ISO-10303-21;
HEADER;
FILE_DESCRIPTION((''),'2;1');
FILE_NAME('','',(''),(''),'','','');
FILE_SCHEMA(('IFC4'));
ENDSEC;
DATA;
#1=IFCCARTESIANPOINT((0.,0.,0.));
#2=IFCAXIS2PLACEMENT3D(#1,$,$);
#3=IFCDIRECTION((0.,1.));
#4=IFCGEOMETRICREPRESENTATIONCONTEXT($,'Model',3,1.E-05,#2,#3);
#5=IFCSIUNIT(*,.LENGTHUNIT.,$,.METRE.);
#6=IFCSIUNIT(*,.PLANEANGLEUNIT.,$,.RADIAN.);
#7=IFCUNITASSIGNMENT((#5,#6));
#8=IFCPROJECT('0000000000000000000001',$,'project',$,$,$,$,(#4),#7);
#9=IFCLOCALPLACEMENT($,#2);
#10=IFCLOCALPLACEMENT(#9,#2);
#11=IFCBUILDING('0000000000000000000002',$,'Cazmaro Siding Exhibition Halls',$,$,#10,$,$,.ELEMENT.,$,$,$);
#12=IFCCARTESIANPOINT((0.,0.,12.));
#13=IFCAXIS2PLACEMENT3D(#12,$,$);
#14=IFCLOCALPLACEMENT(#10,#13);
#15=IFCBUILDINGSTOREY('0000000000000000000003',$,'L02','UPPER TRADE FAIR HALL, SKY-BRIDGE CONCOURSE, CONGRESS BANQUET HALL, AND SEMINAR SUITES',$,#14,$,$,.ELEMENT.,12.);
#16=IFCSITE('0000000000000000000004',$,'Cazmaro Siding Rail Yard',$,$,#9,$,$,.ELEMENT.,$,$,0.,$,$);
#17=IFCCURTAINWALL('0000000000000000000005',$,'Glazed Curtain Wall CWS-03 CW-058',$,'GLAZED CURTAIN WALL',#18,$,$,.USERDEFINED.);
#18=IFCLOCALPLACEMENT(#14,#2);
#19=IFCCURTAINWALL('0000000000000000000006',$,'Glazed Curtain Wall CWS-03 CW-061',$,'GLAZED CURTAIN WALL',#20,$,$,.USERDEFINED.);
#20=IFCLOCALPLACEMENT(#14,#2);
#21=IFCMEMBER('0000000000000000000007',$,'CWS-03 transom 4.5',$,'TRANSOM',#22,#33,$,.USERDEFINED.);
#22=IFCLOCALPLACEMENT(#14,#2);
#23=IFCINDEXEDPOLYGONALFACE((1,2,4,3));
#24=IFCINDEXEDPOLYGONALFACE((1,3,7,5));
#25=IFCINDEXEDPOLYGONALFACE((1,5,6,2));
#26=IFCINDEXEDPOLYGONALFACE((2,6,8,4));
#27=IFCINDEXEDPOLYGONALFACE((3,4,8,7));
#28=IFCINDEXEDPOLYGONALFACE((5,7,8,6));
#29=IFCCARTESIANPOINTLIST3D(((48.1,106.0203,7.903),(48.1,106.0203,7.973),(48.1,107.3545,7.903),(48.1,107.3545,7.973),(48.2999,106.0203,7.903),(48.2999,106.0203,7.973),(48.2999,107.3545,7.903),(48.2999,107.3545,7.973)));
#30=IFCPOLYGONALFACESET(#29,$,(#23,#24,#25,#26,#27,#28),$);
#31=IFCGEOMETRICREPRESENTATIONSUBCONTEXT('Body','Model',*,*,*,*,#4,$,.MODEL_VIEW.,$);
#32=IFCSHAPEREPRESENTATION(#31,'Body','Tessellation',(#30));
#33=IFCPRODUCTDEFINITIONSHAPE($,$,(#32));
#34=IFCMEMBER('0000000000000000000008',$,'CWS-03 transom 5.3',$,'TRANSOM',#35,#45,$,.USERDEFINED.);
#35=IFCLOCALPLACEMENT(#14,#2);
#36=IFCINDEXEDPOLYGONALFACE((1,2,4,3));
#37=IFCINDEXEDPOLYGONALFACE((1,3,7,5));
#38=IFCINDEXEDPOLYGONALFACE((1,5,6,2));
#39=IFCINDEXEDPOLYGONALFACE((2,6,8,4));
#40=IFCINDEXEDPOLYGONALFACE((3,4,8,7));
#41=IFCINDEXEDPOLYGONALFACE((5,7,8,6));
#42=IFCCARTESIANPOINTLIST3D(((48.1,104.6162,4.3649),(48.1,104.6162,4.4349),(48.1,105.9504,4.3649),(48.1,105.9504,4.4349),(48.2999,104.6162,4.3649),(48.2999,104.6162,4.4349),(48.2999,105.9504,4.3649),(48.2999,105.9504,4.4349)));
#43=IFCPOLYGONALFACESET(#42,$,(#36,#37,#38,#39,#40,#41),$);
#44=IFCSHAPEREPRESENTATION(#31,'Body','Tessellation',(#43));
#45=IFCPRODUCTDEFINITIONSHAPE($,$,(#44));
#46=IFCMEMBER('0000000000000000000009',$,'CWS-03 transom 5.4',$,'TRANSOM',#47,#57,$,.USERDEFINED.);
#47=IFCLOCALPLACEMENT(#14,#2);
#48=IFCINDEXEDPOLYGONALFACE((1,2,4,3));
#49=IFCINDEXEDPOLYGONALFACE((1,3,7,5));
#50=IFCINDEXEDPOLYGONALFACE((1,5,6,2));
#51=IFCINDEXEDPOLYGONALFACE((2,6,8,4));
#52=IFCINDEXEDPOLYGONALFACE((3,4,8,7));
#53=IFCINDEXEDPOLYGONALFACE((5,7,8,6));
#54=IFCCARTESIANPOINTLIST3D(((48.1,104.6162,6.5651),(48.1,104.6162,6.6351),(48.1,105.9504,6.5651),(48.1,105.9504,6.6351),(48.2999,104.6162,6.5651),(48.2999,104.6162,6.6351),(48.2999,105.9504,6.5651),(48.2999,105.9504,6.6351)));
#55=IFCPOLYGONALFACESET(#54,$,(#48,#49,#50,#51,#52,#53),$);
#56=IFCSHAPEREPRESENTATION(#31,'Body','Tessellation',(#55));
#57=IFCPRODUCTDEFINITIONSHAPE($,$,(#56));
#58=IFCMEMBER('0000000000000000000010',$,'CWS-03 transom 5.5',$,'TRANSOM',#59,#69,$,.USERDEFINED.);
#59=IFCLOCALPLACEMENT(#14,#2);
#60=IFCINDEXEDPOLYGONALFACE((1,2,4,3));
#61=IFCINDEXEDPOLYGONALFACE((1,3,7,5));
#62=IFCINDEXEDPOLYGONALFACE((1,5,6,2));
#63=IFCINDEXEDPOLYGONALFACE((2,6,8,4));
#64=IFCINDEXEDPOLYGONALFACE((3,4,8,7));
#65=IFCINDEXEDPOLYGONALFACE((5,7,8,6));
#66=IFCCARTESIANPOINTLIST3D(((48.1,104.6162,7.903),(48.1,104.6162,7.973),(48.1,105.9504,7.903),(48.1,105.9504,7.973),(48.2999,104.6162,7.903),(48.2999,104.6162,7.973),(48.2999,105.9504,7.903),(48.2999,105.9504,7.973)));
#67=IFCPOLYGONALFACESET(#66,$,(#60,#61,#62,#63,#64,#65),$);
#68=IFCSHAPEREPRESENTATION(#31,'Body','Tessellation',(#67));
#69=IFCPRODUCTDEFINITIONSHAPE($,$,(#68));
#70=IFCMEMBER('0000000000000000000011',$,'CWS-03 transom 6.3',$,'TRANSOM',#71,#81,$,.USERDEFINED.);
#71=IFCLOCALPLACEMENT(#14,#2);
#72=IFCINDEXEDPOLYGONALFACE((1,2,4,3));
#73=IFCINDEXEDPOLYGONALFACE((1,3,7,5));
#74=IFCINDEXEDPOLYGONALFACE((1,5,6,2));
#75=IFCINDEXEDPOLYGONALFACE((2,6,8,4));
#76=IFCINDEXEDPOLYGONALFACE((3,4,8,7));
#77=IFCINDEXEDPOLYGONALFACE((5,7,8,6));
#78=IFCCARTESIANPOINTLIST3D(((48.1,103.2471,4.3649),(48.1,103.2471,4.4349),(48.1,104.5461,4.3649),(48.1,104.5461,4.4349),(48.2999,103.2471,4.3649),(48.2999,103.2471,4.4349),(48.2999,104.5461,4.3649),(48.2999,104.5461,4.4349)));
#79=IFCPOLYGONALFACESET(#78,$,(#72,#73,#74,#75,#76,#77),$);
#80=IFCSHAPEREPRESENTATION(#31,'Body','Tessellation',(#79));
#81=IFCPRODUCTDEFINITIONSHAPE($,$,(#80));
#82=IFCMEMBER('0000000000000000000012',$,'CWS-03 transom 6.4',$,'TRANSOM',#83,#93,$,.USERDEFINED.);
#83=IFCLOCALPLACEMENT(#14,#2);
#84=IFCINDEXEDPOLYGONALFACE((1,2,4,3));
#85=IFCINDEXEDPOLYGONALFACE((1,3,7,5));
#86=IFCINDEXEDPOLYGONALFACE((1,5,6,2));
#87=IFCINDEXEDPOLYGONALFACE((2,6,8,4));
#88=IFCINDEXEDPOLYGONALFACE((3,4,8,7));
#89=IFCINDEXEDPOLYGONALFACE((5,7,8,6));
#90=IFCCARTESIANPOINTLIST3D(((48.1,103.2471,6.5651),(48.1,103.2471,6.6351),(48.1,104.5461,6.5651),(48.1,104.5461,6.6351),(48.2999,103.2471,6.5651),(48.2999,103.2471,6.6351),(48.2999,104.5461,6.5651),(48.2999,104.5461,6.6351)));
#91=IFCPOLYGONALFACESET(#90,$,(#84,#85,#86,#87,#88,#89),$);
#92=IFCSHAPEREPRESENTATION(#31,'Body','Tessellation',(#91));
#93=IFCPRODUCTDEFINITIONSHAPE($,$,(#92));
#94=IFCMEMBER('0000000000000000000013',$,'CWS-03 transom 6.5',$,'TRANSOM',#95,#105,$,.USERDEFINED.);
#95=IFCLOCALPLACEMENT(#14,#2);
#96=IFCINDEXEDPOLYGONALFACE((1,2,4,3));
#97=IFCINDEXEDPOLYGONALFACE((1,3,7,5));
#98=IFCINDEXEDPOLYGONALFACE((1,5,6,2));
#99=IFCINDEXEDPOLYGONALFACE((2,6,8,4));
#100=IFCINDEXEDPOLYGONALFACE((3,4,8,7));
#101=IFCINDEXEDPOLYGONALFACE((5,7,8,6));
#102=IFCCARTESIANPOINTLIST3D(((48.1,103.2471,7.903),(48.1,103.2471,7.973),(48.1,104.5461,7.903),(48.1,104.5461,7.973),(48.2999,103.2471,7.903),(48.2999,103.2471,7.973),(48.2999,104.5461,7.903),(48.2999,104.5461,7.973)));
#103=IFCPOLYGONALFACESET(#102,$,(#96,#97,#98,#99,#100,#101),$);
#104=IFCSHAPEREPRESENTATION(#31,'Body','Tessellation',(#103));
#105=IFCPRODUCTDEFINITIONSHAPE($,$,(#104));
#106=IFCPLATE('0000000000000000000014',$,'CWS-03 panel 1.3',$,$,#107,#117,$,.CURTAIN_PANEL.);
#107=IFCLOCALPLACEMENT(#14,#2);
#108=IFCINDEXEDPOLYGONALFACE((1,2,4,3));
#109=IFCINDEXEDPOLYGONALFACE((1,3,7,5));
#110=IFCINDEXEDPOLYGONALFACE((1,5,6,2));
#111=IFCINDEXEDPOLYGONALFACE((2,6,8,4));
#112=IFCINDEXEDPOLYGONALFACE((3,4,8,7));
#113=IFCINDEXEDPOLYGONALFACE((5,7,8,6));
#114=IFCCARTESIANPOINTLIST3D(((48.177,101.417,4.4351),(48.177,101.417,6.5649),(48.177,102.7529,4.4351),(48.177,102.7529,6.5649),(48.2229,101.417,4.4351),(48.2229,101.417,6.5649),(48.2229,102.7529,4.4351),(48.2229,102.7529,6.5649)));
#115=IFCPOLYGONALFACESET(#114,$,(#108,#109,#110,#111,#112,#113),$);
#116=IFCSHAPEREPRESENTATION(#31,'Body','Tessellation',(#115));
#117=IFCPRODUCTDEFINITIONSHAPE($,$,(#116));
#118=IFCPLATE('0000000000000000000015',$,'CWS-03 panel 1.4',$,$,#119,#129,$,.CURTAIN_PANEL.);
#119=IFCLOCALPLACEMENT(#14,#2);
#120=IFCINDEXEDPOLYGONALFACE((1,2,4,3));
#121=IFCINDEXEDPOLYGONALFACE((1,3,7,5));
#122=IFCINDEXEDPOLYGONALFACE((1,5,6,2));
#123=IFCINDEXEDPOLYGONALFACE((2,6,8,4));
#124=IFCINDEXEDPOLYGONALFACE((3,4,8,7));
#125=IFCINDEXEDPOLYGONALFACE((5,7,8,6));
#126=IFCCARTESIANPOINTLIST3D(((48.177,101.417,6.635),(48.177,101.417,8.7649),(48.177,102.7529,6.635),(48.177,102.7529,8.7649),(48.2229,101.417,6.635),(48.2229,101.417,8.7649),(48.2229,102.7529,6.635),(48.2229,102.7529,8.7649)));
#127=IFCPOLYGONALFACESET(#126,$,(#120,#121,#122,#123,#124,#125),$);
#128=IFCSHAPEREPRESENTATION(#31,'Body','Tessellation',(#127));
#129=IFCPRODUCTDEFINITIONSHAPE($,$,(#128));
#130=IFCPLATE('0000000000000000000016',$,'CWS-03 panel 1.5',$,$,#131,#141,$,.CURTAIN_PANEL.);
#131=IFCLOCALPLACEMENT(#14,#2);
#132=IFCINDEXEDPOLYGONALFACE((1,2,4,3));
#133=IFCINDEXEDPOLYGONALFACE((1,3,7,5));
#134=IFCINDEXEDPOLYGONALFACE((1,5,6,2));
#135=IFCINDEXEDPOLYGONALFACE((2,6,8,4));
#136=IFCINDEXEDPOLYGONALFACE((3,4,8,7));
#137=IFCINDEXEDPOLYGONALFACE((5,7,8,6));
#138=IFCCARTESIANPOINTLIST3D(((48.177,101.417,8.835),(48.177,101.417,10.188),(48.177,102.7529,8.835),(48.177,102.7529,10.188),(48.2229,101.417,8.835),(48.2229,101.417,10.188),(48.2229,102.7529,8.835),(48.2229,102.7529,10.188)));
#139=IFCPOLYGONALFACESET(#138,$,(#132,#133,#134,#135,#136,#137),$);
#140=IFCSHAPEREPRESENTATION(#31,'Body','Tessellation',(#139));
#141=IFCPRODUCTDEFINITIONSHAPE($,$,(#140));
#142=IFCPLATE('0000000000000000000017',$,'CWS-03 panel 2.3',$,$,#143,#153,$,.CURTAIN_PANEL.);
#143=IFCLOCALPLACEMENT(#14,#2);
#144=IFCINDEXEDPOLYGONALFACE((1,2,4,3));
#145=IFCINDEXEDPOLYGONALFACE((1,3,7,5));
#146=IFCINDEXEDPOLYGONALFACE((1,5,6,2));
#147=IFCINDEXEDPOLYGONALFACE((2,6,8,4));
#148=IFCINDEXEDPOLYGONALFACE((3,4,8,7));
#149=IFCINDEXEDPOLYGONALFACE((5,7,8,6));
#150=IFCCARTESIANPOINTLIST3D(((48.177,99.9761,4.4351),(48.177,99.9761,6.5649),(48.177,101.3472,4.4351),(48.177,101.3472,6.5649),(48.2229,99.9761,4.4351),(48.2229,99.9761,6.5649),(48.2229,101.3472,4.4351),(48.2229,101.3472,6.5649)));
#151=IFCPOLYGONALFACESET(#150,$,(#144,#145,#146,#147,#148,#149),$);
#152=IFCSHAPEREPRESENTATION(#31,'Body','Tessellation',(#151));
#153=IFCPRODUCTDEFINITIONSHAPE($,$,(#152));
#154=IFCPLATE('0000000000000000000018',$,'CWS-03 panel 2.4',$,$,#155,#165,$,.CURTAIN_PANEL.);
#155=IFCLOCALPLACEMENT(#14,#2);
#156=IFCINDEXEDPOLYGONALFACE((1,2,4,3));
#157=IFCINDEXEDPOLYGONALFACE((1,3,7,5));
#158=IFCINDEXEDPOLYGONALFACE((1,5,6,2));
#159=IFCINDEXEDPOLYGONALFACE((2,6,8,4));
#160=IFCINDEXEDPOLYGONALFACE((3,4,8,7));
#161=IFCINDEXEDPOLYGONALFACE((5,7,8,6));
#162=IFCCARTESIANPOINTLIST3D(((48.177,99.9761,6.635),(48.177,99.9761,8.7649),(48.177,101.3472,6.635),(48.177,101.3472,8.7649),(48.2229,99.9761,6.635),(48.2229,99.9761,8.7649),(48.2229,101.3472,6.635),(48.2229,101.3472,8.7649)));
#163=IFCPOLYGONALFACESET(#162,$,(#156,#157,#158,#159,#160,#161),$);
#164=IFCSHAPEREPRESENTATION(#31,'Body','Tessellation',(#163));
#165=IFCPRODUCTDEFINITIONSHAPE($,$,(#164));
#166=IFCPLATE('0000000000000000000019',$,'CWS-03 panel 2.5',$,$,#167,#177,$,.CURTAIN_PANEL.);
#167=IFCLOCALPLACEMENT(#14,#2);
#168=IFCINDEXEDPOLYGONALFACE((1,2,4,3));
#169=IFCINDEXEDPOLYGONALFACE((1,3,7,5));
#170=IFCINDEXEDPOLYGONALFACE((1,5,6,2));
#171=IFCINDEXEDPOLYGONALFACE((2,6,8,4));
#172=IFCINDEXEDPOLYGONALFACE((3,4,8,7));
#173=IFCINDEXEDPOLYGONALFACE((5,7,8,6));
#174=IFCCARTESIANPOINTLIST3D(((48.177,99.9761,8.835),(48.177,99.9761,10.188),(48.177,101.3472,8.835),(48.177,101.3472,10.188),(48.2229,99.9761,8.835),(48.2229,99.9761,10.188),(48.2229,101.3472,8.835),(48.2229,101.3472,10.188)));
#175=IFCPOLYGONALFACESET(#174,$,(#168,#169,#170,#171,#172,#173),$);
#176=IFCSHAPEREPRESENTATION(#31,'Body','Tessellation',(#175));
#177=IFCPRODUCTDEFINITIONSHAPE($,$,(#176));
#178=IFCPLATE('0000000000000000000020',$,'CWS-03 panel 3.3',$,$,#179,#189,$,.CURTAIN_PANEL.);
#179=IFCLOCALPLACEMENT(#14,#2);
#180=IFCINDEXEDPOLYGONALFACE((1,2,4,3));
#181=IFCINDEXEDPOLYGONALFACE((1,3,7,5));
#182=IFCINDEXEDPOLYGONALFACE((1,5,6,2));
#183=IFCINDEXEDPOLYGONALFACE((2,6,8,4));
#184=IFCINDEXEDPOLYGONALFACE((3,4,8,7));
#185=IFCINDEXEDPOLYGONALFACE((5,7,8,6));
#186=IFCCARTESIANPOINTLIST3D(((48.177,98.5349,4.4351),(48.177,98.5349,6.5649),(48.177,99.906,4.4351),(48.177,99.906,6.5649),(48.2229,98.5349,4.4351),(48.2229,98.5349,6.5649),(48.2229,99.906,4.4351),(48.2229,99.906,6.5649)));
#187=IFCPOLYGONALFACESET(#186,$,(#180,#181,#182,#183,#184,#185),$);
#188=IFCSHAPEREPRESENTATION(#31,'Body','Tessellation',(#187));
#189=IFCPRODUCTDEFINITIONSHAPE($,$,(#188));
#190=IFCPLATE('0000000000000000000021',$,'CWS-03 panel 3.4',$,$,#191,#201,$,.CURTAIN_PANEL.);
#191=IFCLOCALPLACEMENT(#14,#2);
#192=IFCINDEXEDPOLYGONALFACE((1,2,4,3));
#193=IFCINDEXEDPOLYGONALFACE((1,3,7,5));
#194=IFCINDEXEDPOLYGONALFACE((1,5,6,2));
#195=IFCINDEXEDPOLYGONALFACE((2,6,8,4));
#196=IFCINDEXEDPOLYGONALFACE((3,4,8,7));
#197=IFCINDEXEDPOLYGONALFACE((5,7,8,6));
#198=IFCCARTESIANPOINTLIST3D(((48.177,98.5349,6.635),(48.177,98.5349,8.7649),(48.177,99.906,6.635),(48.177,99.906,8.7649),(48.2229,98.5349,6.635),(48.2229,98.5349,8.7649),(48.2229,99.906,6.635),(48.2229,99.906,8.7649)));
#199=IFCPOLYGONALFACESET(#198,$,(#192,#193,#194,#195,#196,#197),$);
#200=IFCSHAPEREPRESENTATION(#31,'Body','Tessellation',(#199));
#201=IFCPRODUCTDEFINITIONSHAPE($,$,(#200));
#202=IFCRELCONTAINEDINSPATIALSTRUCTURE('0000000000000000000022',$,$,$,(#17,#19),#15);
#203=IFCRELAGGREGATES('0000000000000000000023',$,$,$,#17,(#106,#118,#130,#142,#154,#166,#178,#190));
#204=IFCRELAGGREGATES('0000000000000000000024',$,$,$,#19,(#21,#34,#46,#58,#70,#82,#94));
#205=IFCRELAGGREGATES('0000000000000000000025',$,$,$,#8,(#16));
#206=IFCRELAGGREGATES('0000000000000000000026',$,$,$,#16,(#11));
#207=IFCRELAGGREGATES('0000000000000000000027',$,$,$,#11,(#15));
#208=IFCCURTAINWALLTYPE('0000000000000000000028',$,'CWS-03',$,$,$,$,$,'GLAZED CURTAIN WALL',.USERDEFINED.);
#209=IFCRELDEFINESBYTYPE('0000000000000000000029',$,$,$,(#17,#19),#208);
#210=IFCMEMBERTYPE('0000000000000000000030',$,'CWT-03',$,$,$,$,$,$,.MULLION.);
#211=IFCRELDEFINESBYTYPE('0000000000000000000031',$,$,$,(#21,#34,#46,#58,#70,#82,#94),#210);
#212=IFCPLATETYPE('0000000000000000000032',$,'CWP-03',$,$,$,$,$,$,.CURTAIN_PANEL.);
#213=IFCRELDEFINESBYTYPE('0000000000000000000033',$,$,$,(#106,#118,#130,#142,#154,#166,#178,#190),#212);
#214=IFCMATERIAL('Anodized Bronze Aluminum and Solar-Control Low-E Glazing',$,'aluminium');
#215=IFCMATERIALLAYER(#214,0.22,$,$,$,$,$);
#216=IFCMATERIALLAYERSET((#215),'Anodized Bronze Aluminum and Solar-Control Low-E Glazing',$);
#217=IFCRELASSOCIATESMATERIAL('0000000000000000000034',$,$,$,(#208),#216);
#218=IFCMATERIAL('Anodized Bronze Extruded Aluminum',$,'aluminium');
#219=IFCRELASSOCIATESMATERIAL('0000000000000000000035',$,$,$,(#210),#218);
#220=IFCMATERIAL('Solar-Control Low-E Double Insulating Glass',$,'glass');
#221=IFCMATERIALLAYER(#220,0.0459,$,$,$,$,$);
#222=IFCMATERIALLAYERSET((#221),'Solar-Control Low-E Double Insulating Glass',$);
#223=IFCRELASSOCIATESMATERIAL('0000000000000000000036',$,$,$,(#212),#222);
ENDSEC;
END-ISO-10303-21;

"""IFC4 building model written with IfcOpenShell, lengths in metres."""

from ifc_helpers import new_model, si_unit, direction, frame, origin, origin_2d, place, context, subcontext, project, spatial, rectangle, extrude, material, layer, layer_set, material_profile, profile_set, type_object, element, aggregate, save


model = new_model("IFC4")

# Units and contexts
model_context = context("Model", 3, precision=1e-05, world=origin(), true_north=direction((0.0, 1.0)))
body_context = subcontext(model_context, "Body", "Model", "MODEL_VIEW")
ifc_project = project(units=[si_unit("LENGTHUNIT", "METRE"), si_unit("PLANEANGLEUNIT", "RADIAN")], contexts=[model_context])

# Site, building, storey
site_placement = place(None, origin())
site = spatial("IfcSite", under=ifc_project, at=site_placement, Name="Cazmaro Siding Rail Yard", CompositionType="ELEMENT", RefElevation=0.0)
building_placement = place(site_placement, origin())
building = spatial("IfcBuilding", under=site, at=building_placement, Name="Cazmaro Siding Exhibition Halls", CompositionType="ELEMENT")
storey_placement = place(building_placement, frame((0.0, 0.0, 12.0)))
storey = spatial("IfcBuildingStorey", under=building, at=storey_placement, Name="L02", Description="UPPER TRADE FAIR HALL, SKY-BRIDGE CONCOURSE, CONGRESS BANQUET HALL, AND SEMINAR SUITES", CompositionType="ELEMENT", Elevation=12.0)

# Curtain walls, members
ifc_material_1 = material(Name="Anodized Bronze Aluminum and Solar-Control Low-E Glazing", Category="aluminium")
ifc_layer_1 = layer(ifc_material_1, 0.22)
ifc_layer_set_1 = layer_set([ifc_layer_1], Name="Anodized Bronze Aluminum and Solar-Control Low-E Glazing")
curtain_wall_type = type_object("IfcCurtainWallType", Name="CWS-03", ElementType="GLAZED CURTAIN WALL", PredefinedType="USERDEFINED", material=ifc_layer_set_1)
curtain_wall_1_placement = place(storey_placement, origin())
curtain_wall_1 = element("IfcCurtainWall", 1, at=curtain_wall_1_placement, inside=storey, type_object=curtain_wall_type, Name="Glazed Curtain Wall CWS-03 CW-058", ObjectType="GLAZED CURTAIN WALL", PredefinedType="USERDEFINED")
ifc_material_2 = material(Name="Anodized Bronze Extruded Aluminum", Category="aluminium")
ifc_material_profile = material_profile(ifc_material_2, rectangle(XDim=0.2, YDim=0.0701, at=origin_2d()), Name="CWT-03")
ifc_profile_set = profile_set([ifc_material_profile], Name="Anodized Bronze Extruded Aluminum")
member_type = type_object("IfcMemberType", Name="CWT-03", PredefinedType="MULLION", material=ifc_profile_set)
curtain_wall_2_placement = place(storey_placement, origin())
curtain_wall_2 = element("IfcCurtainWall", 2, at=curtain_wall_2_placement, inside=storey, type_object=curtain_wall_type, Name="Glazed Curtain Wall CWS-03 CW-061", ObjectType="GLAZED CURTAIN WALL", PredefinedType="USERDEFINED")
member_1_placement = place(storey_placement, frame((48.2, 107.3545, 7.938), z_axis=(0.0, -1.0, 0.0), x_axis=(1.0, 0.0, 0.0)))
member_1 = element("IfcMember", 3, at=member_1_placement, type_object=member_type, Name="CWS-03 transom 4.5", ObjectType="TRANSOM", PredefinedType="USERDEFINED", context=body_context, shape_type="SweptSolid", body=[
    extrude(rectangle(XDim=0.2, YDim=0.0701, at=origin_2d()), origin(), (0.0, 0.0, 1.0), 1.3342),
])
member_2_placement = place(storey_placement, frame((48.2, 105.9504, 4.3999), z_axis=(0.0, -1.0, 0.0), x_axis=(1.0, 0.0, 0.0)))
member_2 = element("IfcMember", 4, at=member_2_placement, type_object=member_type, Name="CWS-03 transom 5.3", ObjectType="TRANSOM", PredefinedType="USERDEFINED", context=body_context, shape_type="SweptSolid", body=[
    extrude(rectangle(XDim=0.2, YDim=0.0701, at=origin_2d()), origin(), (0.0, 0.0, 1.0), 1.3342),
])
member_3_placement = place(storey_placement, frame((48.2, 105.9504, 6.6001), z_axis=(0.0, -1.0, 0.0), x_axis=(1.0, 0.0, 0.0)))
member_3 = element("IfcMember", 5, at=member_3_placement, type_object=member_type, Name="CWS-03 transom 5.4", ObjectType="TRANSOM", PredefinedType="USERDEFINED", context=body_context, shape_type="SweptSolid", body=[
    extrude(rectangle(XDim=0.2, YDim=0.0701, at=origin_2d()), origin(), (0.0, 0.0, 1.0), 1.3342),
])
member_4_placement = place(storey_placement, frame((48.2, 105.9504, 7.938), z_axis=(0.0, -1.0, 0.0), x_axis=(1.0, 0.0, 0.0)))
member_4 = element("IfcMember", 6, at=member_4_placement, type_object=member_type, Name="CWS-03 transom 5.5", ObjectType="TRANSOM", PredefinedType="USERDEFINED", context=body_context, shape_type="SweptSolid", body=[
    extrude(rectangle(XDim=0.2, YDim=0.0701, at=origin_2d()), origin(), (0.0, 0.0, 1.0), 1.3342),
])
member_5_placement = place(storey_placement, frame((48.2, 104.5461, 4.3999), z_axis=(0.0, -1.0, 0.0), x_axis=(1.0, 0.0, 0.0)))
member_5 = element("IfcMember", 7, at=member_5_placement, type_object=member_type, Name="CWS-03 transom 6.3", ObjectType="TRANSOM", PredefinedType="USERDEFINED", context=body_context, shape_type="SweptSolid", body=[
    extrude(rectangle(XDim=0.2, YDim=0.0701, at=origin_2d()), origin(), (0.0, 0.0, 1.0), 1.2991),
])
member_6_placement = place(storey_placement, frame((48.2, 104.5461, 6.6001), z_axis=(0.0, -1.0, 0.0), x_axis=(1.0, 0.0, 0.0)))
member_6 = element("IfcMember", 8, at=member_6_placement, type_object=member_type, Name="CWS-03 transom 6.4", ObjectType="TRANSOM", PredefinedType="USERDEFINED", context=body_context, shape_type="SweptSolid", body=[
    extrude(rectangle(XDim=0.2, YDim=0.0701, at=origin_2d()), origin(), (0.0, 0.0, 1.0), 1.2991),
])
member_7_placement = place(storey_placement, frame((48.2, 104.5461, 7.938), z_axis=(0.0, -1.0, 0.0), x_axis=(1.0, 0.0, 0.0)))
member_7 = element("IfcMember", 9, at=member_7_placement, type_object=member_type, Name="CWS-03 transom 6.5", ObjectType="TRANSOM", PredefinedType="USERDEFINED", context=body_context, shape_type="SweptSolid", body=[
    extrude(rectangle(XDim=0.2, YDim=0.0701, at=origin_2d()), origin(), (0.0, 0.0, 1.0), 1.2991),
])

# Plates
ifc_material_3 = material(Name="Solar-Control Low-E Double Insulating Glass", Category="glass")
ifc_layer_2 = layer(ifc_material_3, 0.0459)
ifc_layer_set_2 = layer_set([ifc_layer_2], Name="Solar-Control Low-E Double Insulating Glass")
plate_type = type_object("IfcPlateType", Name="CWP-03", PredefinedType="CURTAIN_PANEL", material=ifc_layer_set_2)
plate_1_placement = place(storey_placement, frame((48.2, 102.085, 4.4351), z_axis=(0.0, 0.0, 1.0), x_axis=(0.0, -1.0, 0.0)))
plate_1 = element("IfcPlate", 10, at=plate_1_placement, type_object=plate_type, Name="CWS-03 panel 1.3", PredefinedType="CURTAIN_PANEL", context=body_context, shape_type="SweptSolid", body=[
    extrude(rectangle(XDim=1.3359, YDim=0.0459, at=origin_2d()), origin(), (0.0, 0.0, 1.0), 2.1299),
])
plate_2_placement = place(storey_placement, frame((48.2, 102.085, 6.635), z_axis=(0.0, 0.0, 1.0), x_axis=(0.0, -1.0, 0.0)))
plate_2 = element("IfcPlate", 11, at=plate_2_placement, type_object=plate_type, Name="CWS-03 panel 1.4", PredefinedType="CURTAIN_PANEL", context=body_context, shape_type="SweptSolid", body=[
    extrude(rectangle(XDim=1.3359, YDim=0.0459, at=origin_2d()), origin(), (0.0, 0.0, 1.0), 2.1299),
])
plate_3_placement = place(storey_placement, frame((48.2, 102.085, 8.835), z_axis=(0.0, 0.0, 1.0), x_axis=(0.0, -1.0, 0.0)))
plate_3 = element("IfcPlate", 12, at=plate_3_placement, type_object=plate_type, Name="CWS-03 panel 1.5", PredefinedType="CURTAIN_PANEL", context=body_context, shape_type="SweptSolid", body=[
    extrude(rectangle(XDim=1.3359, YDim=0.0459, at=origin_2d()), origin(), (0.0, 0.0, 1.0), 1.353),
])
plate_4_placement = place(storey_placement, frame((48.2, 100.6616, 4.4351), z_axis=(0.0, 0.0, 1.0), x_axis=(0.0, -1.0, 0.0)))
plate_4 = element("IfcPlate", 13, at=plate_4_placement, type_object=plate_type, Name="CWS-03 panel 2.3", PredefinedType="CURTAIN_PANEL", context=body_context, shape_type="SweptSolid", body=[
    extrude(rectangle(XDim=1.3711, YDim=0.0459, at=origin_2d()), origin(), (0.0, 0.0, 1.0), 2.1299),
])
plate_5_placement = place(storey_placement, frame((48.2, 100.6616, 6.635), z_axis=(0.0, 0.0, 1.0), x_axis=(0.0, -1.0, 0.0)))
plate_5 = element("IfcPlate", 14, at=plate_5_placement, type_object=plate_type, Name="CWS-03 panel 2.4", PredefinedType="CURTAIN_PANEL", context=body_context, shape_type="SweptSolid", body=[
    extrude(rectangle(XDim=1.3711, YDim=0.0459, at=origin_2d()), origin(), (0.0, 0.0, 1.0), 2.1299),
])
plate_6_placement = place(storey_placement, frame((48.2, 100.6616, 8.835), z_axis=(0.0, 0.0, 1.0), x_axis=(0.0, -1.0, 0.0)))
plate_6 = element("IfcPlate", 15, at=plate_6_placement, type_object=plate_type, Name="CWS-03 panel 2.5", PredefinedType="CURTAIN_PANEL", context=body_context, shape_type="SweptSolid", body=[
    extrude(rectangle(XDim=1.3711, YDim=0.0459, at=origin_2d()), origin(), (0.0, 0.0, 1.0), 1.353),
])
plate_7_placement = place(storey_placement, frame((48.2, 99.2205, 4.4351), z_axis=(0.0, 0.0, 1.0), x_axis=(0.0, -1.0, 0.0)))
plate_7 = element("IfcPlate", 16, at=plate_7_placement, type_object=plate_type, Name="CWS-03 panel 3.3", PredefinedType="CURTAIN_PANEL", context=body_context, shape_type="SweptSolid", body=[
    extrude(rectangle(XDim=1.3711, YDim=0.0459, at=origin_2d()), origin(), (0.0, 0.0, 1.0), 2.1299),
])
plate_8_placement = place(storey_placement, frame((48.2, 99.2205, 6.635), z_axis=(0.0, 0.0, 1.0), x_axis=(0.0, -1.0, 0.0)))
plate_8 = element("IfcPlate", 17, at=plate_8_placement, type_object=plate_type, Name="CWS-03 panel 3.4", PredefinedType="CURTAIN_PANEL", context=body_context, shape_type="SweptSolid", body=[
    extrude(rectangle(XDim=1.3711, YDim=0.0459, at=origin_2d()), origin(), (0.0, 0.0, 1.0), 2.1299),
])
aggregate(curtain_wall_1, [plate_1, plate_2, plate_3, plate_4, plate_5, plate_6, plate_7, plate_8])
aggregate(curtain_wall_2, [member_1, member_2, member_3, member_4, member_5, member_6, member_7])

save(model, "model.ifc")
